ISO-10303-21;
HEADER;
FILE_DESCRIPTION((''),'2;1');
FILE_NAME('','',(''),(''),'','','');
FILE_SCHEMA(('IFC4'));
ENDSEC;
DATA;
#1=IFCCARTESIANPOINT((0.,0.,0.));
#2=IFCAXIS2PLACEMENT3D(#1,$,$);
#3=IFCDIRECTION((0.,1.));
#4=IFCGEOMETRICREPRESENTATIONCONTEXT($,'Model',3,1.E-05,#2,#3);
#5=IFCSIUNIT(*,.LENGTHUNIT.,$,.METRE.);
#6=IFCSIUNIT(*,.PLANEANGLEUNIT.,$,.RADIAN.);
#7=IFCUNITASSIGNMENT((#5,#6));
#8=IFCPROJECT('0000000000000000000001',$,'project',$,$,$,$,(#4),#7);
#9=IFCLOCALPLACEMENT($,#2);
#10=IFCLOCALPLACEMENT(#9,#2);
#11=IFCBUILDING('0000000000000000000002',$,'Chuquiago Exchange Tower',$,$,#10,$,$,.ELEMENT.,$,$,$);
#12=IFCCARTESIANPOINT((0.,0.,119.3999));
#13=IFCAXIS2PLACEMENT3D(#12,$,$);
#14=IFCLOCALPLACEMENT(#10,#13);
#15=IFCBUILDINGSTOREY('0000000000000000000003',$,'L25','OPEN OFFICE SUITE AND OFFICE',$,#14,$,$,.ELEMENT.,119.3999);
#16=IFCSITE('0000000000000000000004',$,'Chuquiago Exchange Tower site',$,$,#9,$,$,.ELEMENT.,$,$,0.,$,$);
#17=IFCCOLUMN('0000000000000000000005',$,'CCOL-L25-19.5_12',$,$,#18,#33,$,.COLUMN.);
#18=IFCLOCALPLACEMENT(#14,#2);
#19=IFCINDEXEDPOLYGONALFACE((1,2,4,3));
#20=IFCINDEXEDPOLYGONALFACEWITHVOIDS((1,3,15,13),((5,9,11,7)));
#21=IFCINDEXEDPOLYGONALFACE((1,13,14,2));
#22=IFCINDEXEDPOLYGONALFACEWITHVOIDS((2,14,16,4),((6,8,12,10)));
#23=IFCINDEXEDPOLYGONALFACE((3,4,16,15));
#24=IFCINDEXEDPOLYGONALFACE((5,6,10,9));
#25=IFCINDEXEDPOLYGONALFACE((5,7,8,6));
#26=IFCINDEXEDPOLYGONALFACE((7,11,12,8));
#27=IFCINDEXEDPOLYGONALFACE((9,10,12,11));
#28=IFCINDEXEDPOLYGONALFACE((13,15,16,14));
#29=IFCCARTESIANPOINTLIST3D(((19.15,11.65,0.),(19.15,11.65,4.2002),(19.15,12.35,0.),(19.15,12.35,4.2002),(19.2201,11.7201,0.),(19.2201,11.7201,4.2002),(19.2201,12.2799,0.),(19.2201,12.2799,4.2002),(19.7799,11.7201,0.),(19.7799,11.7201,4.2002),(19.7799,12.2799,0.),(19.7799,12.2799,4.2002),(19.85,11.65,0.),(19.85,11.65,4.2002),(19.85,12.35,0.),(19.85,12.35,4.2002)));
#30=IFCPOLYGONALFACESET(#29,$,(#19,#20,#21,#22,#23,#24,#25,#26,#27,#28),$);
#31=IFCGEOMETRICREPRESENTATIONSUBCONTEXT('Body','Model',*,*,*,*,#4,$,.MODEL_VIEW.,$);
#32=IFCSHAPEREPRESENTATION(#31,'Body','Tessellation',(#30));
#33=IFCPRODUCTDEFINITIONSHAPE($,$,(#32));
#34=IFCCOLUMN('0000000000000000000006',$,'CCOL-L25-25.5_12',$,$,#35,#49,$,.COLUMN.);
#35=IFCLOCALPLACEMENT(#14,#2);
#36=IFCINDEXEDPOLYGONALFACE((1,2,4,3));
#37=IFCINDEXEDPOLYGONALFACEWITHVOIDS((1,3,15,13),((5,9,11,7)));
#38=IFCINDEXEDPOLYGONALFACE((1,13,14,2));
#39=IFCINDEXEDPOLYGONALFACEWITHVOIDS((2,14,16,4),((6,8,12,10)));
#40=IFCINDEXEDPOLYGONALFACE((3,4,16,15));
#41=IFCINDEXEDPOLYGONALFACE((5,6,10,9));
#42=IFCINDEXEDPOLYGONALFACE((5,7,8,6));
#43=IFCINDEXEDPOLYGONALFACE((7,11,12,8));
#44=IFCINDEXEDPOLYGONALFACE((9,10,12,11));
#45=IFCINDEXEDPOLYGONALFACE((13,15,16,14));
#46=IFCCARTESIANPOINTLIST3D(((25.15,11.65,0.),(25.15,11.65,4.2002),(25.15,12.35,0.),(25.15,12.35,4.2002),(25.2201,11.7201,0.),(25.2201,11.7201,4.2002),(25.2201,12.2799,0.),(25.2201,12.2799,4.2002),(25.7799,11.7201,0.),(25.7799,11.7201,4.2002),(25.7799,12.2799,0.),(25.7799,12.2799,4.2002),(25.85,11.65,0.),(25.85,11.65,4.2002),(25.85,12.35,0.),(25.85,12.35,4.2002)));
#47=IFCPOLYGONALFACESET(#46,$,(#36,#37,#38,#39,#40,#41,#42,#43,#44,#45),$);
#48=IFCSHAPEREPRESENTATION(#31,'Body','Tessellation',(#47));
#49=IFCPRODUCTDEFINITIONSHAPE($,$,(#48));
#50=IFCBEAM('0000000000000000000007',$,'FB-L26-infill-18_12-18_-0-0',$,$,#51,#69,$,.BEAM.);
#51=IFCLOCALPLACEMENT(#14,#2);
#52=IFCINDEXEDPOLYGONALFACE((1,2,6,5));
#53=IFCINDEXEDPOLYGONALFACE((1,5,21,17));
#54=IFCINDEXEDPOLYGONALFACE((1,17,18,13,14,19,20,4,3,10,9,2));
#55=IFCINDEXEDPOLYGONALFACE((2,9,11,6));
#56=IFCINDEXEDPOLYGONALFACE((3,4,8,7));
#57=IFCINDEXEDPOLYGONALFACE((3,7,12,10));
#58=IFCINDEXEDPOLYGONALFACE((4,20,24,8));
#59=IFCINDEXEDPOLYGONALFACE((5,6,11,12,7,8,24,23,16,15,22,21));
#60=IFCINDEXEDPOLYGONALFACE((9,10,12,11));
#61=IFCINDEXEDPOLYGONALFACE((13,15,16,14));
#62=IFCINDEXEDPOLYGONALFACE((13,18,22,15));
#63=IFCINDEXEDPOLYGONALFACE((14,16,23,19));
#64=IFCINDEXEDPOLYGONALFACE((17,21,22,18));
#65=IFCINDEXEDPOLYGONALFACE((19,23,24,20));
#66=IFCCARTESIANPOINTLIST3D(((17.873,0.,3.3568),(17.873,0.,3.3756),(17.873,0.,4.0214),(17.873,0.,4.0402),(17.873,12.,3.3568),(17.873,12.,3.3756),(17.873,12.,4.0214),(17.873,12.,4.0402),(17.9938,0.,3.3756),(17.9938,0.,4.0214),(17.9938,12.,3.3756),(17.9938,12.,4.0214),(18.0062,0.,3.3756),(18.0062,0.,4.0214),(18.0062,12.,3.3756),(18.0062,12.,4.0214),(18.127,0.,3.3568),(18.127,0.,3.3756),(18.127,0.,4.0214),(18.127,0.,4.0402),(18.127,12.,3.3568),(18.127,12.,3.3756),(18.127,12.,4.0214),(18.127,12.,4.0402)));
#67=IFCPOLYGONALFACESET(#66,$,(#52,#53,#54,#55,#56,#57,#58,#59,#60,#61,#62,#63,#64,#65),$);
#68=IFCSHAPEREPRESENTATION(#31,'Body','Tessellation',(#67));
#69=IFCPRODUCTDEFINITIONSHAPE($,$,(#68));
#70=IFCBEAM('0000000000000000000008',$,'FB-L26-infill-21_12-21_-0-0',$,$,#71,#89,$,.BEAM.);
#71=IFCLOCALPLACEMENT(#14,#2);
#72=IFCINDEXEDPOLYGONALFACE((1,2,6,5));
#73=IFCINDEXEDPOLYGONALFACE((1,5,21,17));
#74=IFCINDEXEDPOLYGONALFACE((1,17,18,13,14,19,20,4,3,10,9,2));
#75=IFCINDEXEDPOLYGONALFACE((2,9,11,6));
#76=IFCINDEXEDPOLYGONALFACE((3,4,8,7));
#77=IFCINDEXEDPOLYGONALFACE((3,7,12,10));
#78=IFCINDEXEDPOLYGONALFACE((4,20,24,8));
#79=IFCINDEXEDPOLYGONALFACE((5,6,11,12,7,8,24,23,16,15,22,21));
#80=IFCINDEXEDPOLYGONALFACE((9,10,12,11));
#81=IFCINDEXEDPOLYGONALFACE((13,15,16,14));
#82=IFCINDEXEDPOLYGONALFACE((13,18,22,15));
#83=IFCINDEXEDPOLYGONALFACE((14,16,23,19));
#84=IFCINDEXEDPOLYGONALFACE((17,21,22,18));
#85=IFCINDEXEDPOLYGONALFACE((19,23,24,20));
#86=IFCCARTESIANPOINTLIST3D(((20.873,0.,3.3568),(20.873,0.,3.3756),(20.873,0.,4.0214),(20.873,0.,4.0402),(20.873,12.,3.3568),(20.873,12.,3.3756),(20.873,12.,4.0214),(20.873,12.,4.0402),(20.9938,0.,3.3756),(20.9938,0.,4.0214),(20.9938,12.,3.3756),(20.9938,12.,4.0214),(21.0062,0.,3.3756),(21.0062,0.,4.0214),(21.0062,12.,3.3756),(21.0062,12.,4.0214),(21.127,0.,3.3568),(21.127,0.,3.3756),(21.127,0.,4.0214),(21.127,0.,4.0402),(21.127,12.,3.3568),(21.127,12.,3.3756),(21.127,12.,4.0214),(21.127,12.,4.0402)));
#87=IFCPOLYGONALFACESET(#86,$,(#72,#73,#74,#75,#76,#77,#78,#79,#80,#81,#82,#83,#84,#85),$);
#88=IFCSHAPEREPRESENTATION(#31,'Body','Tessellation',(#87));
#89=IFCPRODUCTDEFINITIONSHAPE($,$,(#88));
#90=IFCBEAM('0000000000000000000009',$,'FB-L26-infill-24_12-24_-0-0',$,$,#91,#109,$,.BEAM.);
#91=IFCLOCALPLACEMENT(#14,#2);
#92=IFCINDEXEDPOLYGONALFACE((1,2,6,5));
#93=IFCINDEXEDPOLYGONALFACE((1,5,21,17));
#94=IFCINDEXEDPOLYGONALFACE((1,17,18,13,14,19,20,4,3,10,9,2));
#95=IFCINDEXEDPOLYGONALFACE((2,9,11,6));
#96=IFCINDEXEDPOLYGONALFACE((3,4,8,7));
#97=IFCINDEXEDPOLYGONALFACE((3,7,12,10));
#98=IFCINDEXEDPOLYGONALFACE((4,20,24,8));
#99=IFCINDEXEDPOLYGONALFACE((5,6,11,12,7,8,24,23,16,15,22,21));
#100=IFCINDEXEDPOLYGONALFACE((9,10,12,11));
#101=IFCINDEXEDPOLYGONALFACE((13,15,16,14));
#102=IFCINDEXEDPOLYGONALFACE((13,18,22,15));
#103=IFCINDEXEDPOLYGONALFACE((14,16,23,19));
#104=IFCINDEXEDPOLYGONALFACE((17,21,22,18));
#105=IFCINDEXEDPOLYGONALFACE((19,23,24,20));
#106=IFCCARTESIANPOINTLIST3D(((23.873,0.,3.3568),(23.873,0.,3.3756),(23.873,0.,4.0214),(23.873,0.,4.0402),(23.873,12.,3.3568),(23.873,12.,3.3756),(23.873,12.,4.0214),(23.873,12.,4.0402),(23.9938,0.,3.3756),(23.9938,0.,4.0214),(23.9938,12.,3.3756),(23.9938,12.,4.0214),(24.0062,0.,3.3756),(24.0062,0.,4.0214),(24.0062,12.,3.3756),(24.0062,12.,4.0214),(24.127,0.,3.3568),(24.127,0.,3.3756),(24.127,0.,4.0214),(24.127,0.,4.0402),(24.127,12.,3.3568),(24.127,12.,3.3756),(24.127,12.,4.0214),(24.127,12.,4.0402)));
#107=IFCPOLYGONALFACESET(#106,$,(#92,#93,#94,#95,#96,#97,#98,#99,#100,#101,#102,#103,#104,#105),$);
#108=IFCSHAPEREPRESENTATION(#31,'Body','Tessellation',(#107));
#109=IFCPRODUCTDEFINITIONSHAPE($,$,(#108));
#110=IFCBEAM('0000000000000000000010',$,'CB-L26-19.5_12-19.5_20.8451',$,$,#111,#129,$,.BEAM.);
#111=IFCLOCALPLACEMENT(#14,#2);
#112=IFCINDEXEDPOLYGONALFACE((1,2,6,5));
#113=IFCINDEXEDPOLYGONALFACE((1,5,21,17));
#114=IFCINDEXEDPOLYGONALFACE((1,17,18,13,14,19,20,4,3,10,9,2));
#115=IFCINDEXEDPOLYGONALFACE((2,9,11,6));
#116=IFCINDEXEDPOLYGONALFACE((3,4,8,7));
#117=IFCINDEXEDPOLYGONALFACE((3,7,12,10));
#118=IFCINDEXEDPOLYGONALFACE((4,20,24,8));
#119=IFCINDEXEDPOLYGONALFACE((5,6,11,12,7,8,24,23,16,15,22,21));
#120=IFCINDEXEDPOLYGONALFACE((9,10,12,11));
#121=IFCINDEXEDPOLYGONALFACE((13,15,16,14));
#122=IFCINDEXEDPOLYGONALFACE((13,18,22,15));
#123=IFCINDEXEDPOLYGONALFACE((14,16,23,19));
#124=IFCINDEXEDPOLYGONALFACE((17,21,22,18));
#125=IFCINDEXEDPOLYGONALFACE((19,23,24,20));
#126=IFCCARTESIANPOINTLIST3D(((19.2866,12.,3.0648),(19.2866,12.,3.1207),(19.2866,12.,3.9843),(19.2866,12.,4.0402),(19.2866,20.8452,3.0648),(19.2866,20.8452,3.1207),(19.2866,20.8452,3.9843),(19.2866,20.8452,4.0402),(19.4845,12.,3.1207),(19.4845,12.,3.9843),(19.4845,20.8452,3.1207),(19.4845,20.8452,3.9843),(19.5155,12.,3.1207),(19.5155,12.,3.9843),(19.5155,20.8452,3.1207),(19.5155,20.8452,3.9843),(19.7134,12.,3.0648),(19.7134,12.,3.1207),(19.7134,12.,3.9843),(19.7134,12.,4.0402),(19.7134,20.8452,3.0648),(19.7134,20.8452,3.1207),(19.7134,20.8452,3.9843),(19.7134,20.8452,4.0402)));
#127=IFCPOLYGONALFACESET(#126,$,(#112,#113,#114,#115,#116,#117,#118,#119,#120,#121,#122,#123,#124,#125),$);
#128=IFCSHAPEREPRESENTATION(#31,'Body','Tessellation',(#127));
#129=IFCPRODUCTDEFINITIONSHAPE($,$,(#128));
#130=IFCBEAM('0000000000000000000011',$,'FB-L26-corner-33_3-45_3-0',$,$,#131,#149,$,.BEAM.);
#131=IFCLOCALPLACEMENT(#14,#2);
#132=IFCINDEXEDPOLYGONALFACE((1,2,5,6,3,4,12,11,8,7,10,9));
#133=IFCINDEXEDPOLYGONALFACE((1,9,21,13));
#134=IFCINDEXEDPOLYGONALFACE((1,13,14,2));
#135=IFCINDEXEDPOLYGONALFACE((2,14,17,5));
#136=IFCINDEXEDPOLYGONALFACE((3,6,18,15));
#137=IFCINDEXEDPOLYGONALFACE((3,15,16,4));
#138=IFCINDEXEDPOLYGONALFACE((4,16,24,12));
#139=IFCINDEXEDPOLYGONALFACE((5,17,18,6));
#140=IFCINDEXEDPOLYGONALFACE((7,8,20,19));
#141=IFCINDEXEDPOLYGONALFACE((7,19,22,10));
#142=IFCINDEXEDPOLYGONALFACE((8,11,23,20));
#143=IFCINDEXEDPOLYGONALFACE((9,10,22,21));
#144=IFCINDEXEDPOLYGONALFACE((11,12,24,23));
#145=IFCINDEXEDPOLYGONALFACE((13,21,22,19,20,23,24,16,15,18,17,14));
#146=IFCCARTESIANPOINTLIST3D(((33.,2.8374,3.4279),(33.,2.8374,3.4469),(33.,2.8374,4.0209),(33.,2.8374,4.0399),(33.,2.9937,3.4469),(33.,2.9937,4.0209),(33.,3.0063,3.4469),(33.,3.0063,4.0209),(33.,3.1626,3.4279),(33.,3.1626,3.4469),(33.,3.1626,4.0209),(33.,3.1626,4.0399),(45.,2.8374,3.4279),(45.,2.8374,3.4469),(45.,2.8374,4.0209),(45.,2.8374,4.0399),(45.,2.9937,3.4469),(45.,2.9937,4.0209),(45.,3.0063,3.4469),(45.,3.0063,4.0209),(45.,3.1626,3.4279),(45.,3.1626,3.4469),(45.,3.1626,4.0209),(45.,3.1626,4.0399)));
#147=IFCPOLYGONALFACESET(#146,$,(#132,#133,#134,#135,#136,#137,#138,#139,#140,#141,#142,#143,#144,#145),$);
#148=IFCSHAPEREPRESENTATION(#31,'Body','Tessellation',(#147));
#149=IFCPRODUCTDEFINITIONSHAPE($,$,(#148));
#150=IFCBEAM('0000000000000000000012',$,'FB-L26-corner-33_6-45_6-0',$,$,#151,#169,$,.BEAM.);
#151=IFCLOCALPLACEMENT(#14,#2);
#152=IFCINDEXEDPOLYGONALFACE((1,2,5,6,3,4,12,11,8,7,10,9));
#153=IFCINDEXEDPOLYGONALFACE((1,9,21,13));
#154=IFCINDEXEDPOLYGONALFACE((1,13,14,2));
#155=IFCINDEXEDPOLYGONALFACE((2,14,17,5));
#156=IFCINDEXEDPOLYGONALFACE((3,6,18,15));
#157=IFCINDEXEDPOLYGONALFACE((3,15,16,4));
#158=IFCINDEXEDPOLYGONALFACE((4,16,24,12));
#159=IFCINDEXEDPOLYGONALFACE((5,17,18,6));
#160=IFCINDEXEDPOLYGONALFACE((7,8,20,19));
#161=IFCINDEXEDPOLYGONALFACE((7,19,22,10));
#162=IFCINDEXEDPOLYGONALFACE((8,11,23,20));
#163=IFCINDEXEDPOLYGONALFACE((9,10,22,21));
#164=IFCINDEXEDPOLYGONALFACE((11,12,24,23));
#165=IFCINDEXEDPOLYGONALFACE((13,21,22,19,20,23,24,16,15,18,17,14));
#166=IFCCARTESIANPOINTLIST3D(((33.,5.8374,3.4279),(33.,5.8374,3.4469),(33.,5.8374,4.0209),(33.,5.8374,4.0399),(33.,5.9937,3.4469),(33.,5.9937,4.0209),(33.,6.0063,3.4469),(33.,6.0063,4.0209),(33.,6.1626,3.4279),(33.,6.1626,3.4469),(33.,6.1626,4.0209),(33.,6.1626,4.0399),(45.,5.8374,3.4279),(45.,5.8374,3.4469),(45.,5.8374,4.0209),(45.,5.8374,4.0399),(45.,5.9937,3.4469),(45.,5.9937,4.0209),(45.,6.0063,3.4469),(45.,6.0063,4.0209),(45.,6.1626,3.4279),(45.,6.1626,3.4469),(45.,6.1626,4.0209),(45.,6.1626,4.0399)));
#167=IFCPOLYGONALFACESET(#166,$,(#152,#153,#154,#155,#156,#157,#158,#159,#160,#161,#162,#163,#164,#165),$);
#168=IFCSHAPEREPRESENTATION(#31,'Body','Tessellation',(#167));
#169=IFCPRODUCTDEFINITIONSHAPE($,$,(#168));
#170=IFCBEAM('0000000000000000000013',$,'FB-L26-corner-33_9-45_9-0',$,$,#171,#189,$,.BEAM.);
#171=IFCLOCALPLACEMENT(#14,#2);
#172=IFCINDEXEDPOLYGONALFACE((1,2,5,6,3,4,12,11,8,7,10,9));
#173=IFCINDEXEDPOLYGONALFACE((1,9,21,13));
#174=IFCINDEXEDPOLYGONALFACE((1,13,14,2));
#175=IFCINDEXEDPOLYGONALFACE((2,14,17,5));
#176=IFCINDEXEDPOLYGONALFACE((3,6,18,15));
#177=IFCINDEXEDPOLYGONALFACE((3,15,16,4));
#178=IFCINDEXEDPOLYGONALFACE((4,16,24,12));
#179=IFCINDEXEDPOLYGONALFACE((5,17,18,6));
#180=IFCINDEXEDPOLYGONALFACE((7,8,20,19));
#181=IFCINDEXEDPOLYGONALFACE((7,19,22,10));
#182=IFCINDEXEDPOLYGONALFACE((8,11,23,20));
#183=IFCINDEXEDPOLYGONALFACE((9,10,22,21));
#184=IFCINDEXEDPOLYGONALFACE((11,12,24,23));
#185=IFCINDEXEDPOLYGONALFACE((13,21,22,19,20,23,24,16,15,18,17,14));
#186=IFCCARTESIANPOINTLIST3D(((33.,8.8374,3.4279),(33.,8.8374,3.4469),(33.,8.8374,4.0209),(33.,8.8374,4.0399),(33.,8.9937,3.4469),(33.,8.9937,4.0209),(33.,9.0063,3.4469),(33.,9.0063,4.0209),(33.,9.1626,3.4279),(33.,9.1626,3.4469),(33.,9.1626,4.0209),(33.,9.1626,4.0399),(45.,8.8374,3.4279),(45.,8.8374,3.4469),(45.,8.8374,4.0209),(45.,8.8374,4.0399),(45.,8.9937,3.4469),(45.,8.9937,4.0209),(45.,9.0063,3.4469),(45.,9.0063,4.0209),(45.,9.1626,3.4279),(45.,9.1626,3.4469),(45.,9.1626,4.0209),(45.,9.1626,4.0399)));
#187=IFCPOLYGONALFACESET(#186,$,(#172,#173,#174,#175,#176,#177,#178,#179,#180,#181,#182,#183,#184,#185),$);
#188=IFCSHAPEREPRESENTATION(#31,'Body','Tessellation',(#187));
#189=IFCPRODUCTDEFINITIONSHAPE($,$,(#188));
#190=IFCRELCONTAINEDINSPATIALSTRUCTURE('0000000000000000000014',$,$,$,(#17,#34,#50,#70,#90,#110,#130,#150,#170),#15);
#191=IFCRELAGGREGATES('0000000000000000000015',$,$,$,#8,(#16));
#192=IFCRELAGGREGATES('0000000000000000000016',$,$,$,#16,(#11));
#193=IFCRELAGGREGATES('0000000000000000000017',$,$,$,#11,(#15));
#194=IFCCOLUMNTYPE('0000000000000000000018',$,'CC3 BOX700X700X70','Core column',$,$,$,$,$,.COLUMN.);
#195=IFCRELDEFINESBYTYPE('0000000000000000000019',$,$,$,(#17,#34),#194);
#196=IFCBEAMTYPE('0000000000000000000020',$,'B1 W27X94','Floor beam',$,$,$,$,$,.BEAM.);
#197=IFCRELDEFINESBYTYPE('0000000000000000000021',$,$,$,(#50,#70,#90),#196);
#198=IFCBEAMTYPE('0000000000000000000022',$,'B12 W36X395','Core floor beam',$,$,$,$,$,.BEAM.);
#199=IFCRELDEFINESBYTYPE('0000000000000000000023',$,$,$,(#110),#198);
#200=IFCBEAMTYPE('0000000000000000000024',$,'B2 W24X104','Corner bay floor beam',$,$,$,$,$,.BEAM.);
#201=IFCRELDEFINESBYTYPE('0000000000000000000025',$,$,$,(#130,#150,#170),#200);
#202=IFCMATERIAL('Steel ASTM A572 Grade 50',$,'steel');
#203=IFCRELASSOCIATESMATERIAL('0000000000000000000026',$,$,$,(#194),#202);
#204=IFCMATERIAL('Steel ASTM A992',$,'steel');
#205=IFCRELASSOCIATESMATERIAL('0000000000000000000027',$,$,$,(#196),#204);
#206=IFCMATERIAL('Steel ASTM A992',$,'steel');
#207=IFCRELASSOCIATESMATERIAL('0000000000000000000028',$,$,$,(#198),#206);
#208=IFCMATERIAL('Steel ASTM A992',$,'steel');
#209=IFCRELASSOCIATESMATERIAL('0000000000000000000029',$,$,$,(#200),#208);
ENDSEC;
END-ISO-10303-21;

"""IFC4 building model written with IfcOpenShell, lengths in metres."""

from ifc_helpers import new_model, si_unit, direction, frame, origin, origin_2d, place, context, subcontext, project, spatial, hollow_rectangle, i_section, extrude, material, material_profile, profile_set, type_object, element, save


model = new_model("IFC4")

# Units and contexts
model_context = context("Model", 3, precision=1e-05, world=origin(), true_north=direction((0.0, 1.0)))
body_context = subcontext(model_context, "Body", "Model", "MODEL_VIEW")
ifc_project = project(units=[si_unit("LENGTHUNIT", "METRE"), si_unit("PLANEANGLEUNIT", "RADIAN")], contexts=[model_context])

# Site, building, storey
site_placement = place(None, origin())
site = spatial("IfcSite", under=ifc_project, at=site_placement, Name="Chuquiago Exchange Tower site", CompositionType="ELEMENT", RefElevation=0.0)
building_placement = place(site_placement, origin())
building = spatial("IfcBuilding", under=site, at=building_placement, Name="Chuquiago Exchange Tower", CompositionType="ELEMENT")
storey_placement = place(building_placement, frame((0.0, 0.0, 119.3999)))
storey = spatial("IfcBuildingStorey", under=building, at=storey_placement, Name="L25", Description="OPEN OFFICE SUITE AND OFFICE", CompositionType="ELEMENT", Elevation=119.3999)

# Columns
ifc_material_1 = material(Name="Steel ASTM A572 Grade 50", Category="steel")
ifc_material_profile_1 = material_profile(ifc_material_1, hollow_rectangle(XDim=0.7, YDim=0.7, WallThickness=0.0701, at=origin_2d()), Name="BOX700X700X70")
ifc_profile_set_1 = profile_set([ifc_material_profile_1], Name="Steel ASTM A572 Grade 50")
column_type = type_object("IfcColumnType", Name="CC3 BOX700X700X70", Description="Core column", PredefinedType="COLUMN", material=ifc_profile_set_1)
for number, where, z_axis, x_axis, name in (
    (1, (19.5, 12.0, 0.0), (0.0, 0.0, 1.0), (1.0, 0.0, 0.0), "CCOL-L25-19.5_12"),
    (2, (25.5, 12.0, 0.0), (0.0, 0.0, 1.0), (1.0, 0.0, 0.0), "CCOL-L25-25.5_12"),
):
    element("IfcColumn", number, at=place(storey_placement, frame(where, z_axis=z_axis, x_axis=x_axis)), inside=storey, type_object=column_type, Name=name, PredefinedType="COLUMN", context=body_context, shape_type="SweptSolid", body=[
        extrude(hollow_rectangle(XDim=0.7, YDim=0.7, WallThickness=0.0701, at=origin_2d()), origin(), (0.0, 0.0, 1.0), 4.2002),
    ])

# Beams
ifc_material_2 = material(Name="Steel ASTM A992", Category="steel")
ifc_material_profile_2 = material_profile(ifc_material_2, i_section(OverallWidth=0.2539, OverallDepth=0.6833, WebThickness=0.0125, FlangeThickness=0.0188, at=origin_2d()), Name="W27X94")
ifc_profile_set_2 = profile_set([ifc_material_profile_2], Name="Steel ASTM A992")
beam_type_1 = type_object("IfcBeamType", Name="B1 W27X94", Description="Floor beam", PredefinedType="BEAM", material=ifc_profile_set_2)
for number, where, z_axis, x_axis, name in (
    (3, (18.0, 12.0, 3.6985), (0.0, -1.0, 0.0), (1.0, 0.0, 0.0), "FB-L26-infill-18_12-18_-0-0"),
    (4, (21.0, 12.0, 3.6985), (0.0, -1.0, 0.0), (1.0, 0.0, 0.0), "FB-L26-infill-21_12-21_-0-0"),
    (5, (24.0, 12.0, 3.6985), (0.0, -1.0, 0.0), (1.0, 0.0, 0.0), "FB-L26-infill-24_12-24_-0-0"),
):
    element("IfcBeam", number, at=place(storey_placement, frame(where, z_axis=z_axis, x_axis=x_axis)), inside=storey, type_object=beam_type_1, Name=name, PredefinedType="BEAM", context=body_context, shape_type="SweptSolid", body=[
        extrude(i_section(OverallWidth=0.2539, OverallDepth=0.6833, WebThickness=0.0125, FlangeThickness=0.0188, at=origin_2d()), origin(), (0.0, 0.0, 1.0), 12.0),
    ])
ifc_material_3 = material(Name="Steel ASTM A992", Category="steel")
ifc_material_profile_3 = material_profile(ifc_material_3, i_section(OverallWidth=0.4268, OverallDepth=0.9753, WebThickness=0.031, FlangeThickness=0.0559, at=origin_2d()), Name="W36X395")
ifc_profile_set_3 = profile_set([ifc_material_profile_3], Name="Steel ASTM A992")
beam_type_2 = type_object("IfcBeamType", Name="B12 W36X395", Description="Core floor beam", PredefinedType="BEAM", material=ifc_profile_set_3)
beam_1_placement = place(storey_placement, frame((19.5, 12.0, 3.5525), z_axis=(0.0, 1.0, 0.0), x_axis=(-1.0, 0.0, 0.0)))
element("IfcBeam", 6, at=beam_1_placement, inside=storey, type_object=beam_type_2, Name="CB-L26-19.5_12-19.5_20.8451", PredefinedType="BEAM", context=body_context, shape_type="SweptSolid", body=[
    extrude(i_section(OverallWidth=0.4268, OverallDepth=0.9753, WebThickness=0.031, FlangeThickness=0.0559, at=origin_2d()), origin(), (0.0, 0.0, 1.0), 8.8452),
])
ifc_material_4 = material(Name="Steel ASTM A992", Category="steel")
ifc_material_profile_4 = material_profile(ifc_material_4, i_section(OverallWidth=0.3252, OverallDepth=0.6121, WebThickness=0.0127, FlangeThickness=0.019, at=origin_2d()), Name="W24X104")
ifc_profile_set_4 = profile_set([ifc_material_profile_4], Name="Steel ASTM A992")
beam_type_3 = type_object("IfcBeamType", Name="B2 W24X104", Description="Corner bay floor beam", PredefinedType="BEAM", material=ifc_profile_set_4)
for number, where, z_axis, x_axis, name in (
    (7, (33.0, 3.0, 3.7339), (1.0, 0.0, 0.0), (0.0, 1.0, 0.0), "FB-L26-corner-33_3-45_3-0"),
    (8, (33.0, 6.0, 3.7339), (1.0, 0.0, 0.0), (0.0, 1.0, 0.0), "FB-L26-corner-33_6-45_6-0"),
    (9, (33.0, 9.0, 3.7339), (1.0, 0.0, 0.0), (0.0, 1.0, 0.0), "FB-L26-corner-33_9-45_9-0"),
):
    element("IfcBeam", number, at=place(storey_placement, frame(where, z_axis=z_axis, x_axis=x_axis)), inside=storey, type_object=beam_type_3, Name=name, PredefinedType="BEAM", context=body_context, shape_type="SweptSolid", body=[
        extrude(i_section(OverallWidth=0.3252, OverallDepth=0.6121, WebThickness=0.0127, FlangeThickness=0.019, at=origin_2d()), origin(), (0.0, 0.0, 1.0), 12.0),
    ])

save(model, "model.ifc")
